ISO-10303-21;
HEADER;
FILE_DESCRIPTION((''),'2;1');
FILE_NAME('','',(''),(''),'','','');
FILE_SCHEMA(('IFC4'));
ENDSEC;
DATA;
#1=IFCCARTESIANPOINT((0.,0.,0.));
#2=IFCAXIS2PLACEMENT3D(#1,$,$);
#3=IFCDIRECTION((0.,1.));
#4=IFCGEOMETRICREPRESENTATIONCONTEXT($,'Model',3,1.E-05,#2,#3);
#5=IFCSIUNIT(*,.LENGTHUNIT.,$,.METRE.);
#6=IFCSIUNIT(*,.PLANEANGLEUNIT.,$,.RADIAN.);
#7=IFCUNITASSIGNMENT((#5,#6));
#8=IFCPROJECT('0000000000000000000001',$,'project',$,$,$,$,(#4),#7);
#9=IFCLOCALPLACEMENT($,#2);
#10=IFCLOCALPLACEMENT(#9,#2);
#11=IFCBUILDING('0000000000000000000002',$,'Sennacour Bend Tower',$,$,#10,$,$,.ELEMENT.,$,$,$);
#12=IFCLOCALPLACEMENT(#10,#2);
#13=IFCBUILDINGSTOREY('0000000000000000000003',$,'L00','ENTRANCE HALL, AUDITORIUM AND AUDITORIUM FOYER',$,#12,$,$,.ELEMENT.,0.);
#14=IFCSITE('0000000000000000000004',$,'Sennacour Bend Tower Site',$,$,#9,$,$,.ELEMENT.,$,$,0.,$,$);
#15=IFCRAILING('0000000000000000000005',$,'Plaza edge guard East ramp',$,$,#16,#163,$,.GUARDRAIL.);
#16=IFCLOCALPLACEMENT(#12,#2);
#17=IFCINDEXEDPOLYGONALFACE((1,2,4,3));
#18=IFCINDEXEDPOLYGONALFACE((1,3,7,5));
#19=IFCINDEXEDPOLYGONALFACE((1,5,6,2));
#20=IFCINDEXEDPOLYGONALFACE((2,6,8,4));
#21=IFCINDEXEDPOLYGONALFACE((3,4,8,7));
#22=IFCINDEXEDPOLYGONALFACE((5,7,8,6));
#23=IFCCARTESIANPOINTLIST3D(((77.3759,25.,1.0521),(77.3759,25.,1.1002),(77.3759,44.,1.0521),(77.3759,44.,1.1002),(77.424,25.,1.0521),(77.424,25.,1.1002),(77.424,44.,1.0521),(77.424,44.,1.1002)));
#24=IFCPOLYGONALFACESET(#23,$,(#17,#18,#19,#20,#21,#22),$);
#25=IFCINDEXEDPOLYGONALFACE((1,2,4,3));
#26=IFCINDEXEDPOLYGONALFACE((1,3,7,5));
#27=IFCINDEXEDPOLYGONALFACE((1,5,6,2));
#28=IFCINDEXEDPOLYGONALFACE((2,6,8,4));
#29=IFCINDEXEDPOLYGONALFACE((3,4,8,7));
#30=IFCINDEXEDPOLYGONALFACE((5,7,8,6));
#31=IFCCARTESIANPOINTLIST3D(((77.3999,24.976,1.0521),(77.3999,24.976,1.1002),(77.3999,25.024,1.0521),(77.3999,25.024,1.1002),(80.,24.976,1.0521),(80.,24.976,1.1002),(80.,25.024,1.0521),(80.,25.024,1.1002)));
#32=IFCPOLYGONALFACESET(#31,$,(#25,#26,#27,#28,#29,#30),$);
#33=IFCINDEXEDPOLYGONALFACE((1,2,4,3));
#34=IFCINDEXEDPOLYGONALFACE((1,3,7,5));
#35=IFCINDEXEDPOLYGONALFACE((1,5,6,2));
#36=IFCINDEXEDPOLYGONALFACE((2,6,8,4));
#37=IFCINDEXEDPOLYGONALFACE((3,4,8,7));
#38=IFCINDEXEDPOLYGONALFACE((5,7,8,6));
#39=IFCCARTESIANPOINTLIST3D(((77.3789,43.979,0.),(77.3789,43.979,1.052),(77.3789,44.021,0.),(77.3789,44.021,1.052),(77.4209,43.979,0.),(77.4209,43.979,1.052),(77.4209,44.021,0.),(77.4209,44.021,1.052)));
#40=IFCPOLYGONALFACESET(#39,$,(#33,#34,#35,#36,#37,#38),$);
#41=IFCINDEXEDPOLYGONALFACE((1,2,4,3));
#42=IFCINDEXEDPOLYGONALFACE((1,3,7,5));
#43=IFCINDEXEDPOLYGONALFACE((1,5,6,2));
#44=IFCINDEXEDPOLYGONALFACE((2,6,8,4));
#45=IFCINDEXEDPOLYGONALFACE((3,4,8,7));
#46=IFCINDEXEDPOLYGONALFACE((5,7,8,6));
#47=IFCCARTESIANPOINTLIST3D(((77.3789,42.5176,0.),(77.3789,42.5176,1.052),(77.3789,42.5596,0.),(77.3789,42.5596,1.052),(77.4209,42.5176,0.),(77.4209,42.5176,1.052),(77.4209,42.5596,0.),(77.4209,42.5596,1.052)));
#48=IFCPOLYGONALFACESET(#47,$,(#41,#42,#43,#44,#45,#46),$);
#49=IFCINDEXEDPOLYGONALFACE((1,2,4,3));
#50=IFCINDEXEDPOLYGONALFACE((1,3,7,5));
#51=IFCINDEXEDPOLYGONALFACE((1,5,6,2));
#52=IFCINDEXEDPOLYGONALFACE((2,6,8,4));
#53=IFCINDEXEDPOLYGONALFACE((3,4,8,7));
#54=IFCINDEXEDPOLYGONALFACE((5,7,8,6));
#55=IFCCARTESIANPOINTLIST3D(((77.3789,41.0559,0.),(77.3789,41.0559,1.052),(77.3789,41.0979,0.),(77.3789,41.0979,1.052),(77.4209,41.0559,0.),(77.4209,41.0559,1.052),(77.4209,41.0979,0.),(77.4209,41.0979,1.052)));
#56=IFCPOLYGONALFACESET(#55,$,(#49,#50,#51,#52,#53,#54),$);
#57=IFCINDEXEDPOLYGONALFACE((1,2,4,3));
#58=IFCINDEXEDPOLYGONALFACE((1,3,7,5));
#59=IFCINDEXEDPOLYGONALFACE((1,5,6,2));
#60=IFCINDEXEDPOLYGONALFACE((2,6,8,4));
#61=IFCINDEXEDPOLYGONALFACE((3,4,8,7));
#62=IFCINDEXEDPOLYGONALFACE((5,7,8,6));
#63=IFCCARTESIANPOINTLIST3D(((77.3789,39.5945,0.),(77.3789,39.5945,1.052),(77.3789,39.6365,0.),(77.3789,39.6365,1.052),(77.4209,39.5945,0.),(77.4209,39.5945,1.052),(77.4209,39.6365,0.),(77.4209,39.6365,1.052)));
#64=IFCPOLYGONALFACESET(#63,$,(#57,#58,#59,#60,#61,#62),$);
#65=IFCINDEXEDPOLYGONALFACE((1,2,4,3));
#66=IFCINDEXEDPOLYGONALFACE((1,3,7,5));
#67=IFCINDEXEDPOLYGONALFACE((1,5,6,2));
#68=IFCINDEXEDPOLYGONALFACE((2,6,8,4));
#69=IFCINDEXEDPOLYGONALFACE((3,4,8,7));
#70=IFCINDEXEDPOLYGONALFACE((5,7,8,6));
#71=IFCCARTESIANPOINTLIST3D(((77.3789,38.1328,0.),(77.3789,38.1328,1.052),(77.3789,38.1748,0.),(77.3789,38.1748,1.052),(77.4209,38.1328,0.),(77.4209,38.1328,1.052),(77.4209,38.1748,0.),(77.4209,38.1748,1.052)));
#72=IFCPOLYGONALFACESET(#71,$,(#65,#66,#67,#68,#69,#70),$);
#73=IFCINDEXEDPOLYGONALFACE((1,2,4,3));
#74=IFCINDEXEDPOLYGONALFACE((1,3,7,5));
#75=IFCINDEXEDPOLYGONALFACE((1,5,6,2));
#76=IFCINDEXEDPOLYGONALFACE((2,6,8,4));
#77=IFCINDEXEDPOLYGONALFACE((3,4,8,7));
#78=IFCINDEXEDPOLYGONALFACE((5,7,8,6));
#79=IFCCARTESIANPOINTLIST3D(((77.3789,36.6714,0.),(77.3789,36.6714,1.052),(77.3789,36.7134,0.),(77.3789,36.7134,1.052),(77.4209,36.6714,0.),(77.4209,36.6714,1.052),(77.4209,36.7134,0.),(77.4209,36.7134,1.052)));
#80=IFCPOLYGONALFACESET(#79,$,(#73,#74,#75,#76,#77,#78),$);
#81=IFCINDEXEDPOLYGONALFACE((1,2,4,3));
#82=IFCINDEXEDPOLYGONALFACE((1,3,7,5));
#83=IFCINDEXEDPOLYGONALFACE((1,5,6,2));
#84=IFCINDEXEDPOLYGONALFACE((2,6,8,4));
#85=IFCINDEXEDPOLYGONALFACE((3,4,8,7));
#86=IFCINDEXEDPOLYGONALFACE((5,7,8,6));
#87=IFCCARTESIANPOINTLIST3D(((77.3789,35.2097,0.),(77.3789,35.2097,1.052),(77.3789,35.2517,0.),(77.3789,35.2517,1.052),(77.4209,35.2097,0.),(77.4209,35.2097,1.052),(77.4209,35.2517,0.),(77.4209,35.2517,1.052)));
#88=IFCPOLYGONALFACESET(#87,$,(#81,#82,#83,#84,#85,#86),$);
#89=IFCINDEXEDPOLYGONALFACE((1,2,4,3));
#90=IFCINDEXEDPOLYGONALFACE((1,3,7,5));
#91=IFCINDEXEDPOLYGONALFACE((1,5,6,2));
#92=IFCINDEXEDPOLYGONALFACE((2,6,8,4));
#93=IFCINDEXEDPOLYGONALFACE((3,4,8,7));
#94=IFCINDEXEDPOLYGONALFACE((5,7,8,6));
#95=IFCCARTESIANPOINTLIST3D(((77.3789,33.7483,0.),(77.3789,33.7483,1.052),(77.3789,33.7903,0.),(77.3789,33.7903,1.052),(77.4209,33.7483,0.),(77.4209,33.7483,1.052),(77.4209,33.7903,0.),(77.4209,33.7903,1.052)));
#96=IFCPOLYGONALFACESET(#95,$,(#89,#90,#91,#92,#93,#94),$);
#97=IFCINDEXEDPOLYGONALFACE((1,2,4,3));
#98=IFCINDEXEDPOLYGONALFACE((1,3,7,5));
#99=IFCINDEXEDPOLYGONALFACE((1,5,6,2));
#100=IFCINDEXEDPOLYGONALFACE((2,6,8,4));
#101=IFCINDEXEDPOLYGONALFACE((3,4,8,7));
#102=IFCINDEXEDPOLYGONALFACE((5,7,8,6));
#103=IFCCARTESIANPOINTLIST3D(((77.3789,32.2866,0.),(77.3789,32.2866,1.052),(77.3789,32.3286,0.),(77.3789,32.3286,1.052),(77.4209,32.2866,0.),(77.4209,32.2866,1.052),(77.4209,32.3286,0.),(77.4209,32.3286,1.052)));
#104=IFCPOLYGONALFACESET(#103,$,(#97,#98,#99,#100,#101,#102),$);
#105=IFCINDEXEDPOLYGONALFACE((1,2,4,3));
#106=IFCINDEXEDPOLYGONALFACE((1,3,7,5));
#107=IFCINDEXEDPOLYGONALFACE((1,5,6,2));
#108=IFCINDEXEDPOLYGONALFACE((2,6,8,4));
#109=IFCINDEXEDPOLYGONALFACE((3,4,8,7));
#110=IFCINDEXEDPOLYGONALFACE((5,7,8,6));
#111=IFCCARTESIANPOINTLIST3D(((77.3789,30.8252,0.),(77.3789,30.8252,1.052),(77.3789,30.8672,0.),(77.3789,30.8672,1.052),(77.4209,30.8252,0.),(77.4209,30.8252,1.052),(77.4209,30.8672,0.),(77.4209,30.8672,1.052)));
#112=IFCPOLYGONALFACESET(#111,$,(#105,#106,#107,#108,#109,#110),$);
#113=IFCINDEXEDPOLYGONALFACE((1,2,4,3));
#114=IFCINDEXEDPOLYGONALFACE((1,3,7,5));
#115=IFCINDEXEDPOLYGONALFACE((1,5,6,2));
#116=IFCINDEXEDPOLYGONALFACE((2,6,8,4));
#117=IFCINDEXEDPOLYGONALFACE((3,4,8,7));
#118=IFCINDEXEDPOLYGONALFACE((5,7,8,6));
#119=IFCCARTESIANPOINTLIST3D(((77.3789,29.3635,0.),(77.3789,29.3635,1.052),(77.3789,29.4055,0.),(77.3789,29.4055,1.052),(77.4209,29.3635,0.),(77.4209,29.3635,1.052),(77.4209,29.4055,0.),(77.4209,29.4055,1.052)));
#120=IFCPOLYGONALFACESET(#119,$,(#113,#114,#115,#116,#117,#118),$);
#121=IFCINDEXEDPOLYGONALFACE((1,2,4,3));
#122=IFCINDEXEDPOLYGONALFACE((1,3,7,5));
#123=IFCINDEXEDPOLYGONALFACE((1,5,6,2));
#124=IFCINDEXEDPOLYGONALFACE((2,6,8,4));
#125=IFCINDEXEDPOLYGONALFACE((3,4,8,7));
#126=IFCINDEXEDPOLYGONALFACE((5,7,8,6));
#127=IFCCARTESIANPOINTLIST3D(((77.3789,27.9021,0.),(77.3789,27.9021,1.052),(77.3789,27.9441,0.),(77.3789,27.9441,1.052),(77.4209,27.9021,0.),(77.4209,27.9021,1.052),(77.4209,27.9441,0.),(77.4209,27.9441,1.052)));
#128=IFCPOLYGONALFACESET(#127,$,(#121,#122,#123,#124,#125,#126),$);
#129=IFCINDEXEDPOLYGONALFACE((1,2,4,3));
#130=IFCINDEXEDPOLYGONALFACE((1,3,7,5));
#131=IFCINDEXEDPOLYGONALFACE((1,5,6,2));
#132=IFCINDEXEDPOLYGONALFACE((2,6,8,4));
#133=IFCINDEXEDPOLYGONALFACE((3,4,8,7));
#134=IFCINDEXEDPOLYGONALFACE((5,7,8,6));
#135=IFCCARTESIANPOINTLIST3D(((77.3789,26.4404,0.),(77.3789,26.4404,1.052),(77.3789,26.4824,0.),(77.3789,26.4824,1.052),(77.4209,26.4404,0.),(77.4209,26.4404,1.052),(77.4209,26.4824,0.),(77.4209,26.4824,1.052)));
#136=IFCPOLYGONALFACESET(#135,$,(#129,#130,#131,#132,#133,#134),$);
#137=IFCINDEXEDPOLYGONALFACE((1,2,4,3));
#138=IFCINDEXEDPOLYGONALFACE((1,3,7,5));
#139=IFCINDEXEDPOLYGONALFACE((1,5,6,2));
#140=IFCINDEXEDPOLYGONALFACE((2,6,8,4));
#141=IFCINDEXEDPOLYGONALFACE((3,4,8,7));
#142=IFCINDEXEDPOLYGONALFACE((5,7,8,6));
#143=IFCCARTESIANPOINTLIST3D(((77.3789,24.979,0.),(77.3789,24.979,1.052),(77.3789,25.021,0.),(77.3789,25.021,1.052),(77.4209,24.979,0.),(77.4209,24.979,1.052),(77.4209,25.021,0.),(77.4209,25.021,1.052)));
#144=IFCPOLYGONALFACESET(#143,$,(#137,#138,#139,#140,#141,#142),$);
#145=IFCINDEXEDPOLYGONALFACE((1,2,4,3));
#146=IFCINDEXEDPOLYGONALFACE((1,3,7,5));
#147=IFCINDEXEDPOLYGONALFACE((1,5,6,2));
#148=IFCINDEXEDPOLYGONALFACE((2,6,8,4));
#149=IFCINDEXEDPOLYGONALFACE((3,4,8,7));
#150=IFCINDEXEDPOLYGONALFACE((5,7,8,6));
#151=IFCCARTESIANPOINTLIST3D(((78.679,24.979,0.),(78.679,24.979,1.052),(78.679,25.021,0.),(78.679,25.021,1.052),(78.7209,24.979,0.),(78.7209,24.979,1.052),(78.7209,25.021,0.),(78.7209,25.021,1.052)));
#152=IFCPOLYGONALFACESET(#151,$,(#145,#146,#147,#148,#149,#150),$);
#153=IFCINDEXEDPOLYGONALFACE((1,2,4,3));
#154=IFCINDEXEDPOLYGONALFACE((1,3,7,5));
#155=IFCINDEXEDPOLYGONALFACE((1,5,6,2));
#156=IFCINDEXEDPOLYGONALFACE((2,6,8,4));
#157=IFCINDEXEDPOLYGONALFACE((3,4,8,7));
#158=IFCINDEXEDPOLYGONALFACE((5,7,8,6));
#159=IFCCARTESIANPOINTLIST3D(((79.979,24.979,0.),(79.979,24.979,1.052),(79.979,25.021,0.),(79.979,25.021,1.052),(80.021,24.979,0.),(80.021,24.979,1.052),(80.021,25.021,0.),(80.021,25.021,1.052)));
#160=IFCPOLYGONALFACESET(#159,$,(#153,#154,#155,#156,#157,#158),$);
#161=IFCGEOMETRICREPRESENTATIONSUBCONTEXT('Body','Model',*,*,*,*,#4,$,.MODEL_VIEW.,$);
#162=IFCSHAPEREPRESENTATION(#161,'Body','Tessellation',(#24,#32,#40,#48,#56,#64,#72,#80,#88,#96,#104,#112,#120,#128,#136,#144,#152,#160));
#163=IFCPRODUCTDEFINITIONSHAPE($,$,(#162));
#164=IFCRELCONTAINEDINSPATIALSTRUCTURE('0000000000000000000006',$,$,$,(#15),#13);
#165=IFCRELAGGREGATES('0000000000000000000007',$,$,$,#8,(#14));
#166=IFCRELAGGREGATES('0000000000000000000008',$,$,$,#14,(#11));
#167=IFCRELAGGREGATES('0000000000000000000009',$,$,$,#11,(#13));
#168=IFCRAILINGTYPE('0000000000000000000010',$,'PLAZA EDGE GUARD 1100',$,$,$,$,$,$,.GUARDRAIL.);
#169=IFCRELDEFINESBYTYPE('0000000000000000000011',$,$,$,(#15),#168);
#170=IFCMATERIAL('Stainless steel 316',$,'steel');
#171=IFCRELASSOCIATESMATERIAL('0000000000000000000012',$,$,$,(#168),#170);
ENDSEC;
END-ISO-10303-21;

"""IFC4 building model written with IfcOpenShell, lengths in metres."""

from ifc_helpers import new_model, si_unit, direction, frame, origin, origin_2d, place, context, subcontext, project, spatial, rectangle, extrude, material, type_object, element, save


model = new_model("IFC4")

# Units and contexts
model_context = context("Model", 3, precision=1e-05, world=origin(), true_north=direction((0.0, 1.0)))
body_context = subcontext(model_context, "Body", "Model", "MODEL_VIEW")
ifc_project = project(units=[si_unit("LENGTHUNIT", "METRE"), si_unit("PLANEANGLEUNIT", "RADIAN")], contexts=[model_context])

# Site, building, storey
site_placement = place(None, origin())
site = spatial("IfcSite", under=ifc_project, at=site_placement, Name="Sennacour Bend Tower Site", CompositionType="ELEMENT", RefElevation=0.0)
building_placement = place(site_placement, origin())
building = spatial("IfcBuilding", under=site, at=building_placement, Name="Sennacour Bend Tower", CompositionType="ELEMENT")
storey_placement = place(building_placement, origin())
storey = spatial("IfcBuildingStorey", under=building, at=storey_placement, Name="L00", Description="ENTRANCE HALL, AUDITORIUM AND AUDITORIUM FOYER", CompositionType="ELEMENT", Elevation=0.0)

# Railing
ifc_material_1 = material(Name="Stainless steel 316", Category="steel")
railing_type_1 = type_object("IfcRailingType", Name="PLAZA EDGE GUARD 1100", PredefinedType="GUARDRAIL", material=ifc_material_1)
railing_1_placement = place(storey_placement, frame((77.3999, 44.0, 0.0)))
element("IfcRailing", 1, at=railing_1_placement, inside=storey, type_object=railing_type_1, Name="Plaza edge guard East ramp", PredefinedType="GUARDRAIL", context=body_context, shape_type="SweptSolid", body=[
    extrude(rectangle(XDim=0.0481, YDim=0.0481, at=origin_2d()), frame((0.0, 0.0, 1.0762), z_axis=(0.0, -1.0, 0.0), x_axis=(1.0, 0.0, 0.0)), (0.0, 0.0, 1.0), 19.0),
    extrude(rectangle(XDim=0.0481, YDim=0.0481, at=origin_2d()), frame((0.0, -19.0, 1.0762), z_axis=(1.0, 0.0, 0.0), x_axis=(0.0, 1.0, 0.0)), (0.0, 0.0, 1.0), 2.6001),
    extrude(rectangle(XDim=0.042, YDim=0.042, at=origin_2d()), origin(), (0.0, 0.0, 1.0), 1.052),
    extrude(rectangle(XDim=0.042, YDim=0.042, at=origin_2d()), frame((0.0, -1.4614, 0.0)), (0.0, 0.0, 1.0), 1.052),
    extrude(rectangle(XDim=0.042, YDim=0.042, at=origin_2d()), frame((0.0, -2.9231, 0.0)), (0.0, 0.0, 1.0), 1.052),
    extrude(rectangle(XDim=0.042, YDim=0.042, at=origin_2d()), frame((0.0, -4.3845, 0.0)), (0.0, 0.0, 1.0), 1.052),
    extrude(rectangle(XDim=0.042, YDim=0.042, at=origin_2d()), frame((0.0, -5.8462, 0.0)), (0.0, 0.0, 1.0), 1.052),
    extrude(rectangle(XDim=0.042, YDim=0.042, at=origin_2d()), frame((0.0, -7.3076, 0.0)), (0.0, 0.0, 1.0), 1.052),
    extrude(rectangle(XDim=0.042, YDim=0.042, at=origin_2d()), frame((0.0, -8.7693, 0.0)), (0.0, 0.0, 1.0), 1.052),
    extrude(rectangle(XDim=0.042, YDim=0.042, at=origin_2d()), frame((0.0, -10.2307, 0.0)), (0.0, 0.0, 1.0), 1.052),
    extrude(rectangle(XDim=0.042, YDim=0.042, at=origin_2d()), frame((0.0, -11.6924, 0.0)), (0.0, 0.0, 1.0), 1.052),
    extrude(rectangle(XDim=0.042, YDim=0.042, at=origin_2d()), frame((0.0, -13.1538, 0.0)), (0.0, 0.0, 1.0), 1.052),
    extrude(rectangle(XDim=0.042, YDim=0.042, at=origin_2d()), frame((0.0, -14.6155, 0.0)), (0.0, 0.0, 1.0), 1.052),
    extrude(rectangle(XDim=0.042, YDim=0.042, at=origin_2d()), frame((0.0, -16.0769, 0.0)), (0.0, 0.0, 1.0), 1.052),
    extrude(rectangle(XDim=0.042, YDim=0.042, at=origin_2d()), frame((0.0, -17.5386, 0.0)), (0.0, 0.0, 1.0), 1.052),
    extrude(rectangle(XDim=0.042, YDim=0.042, at=origin_2d()), frame((0.0, -19.0, 0.0)), (0.0, 0.0, 1.0), 1.052),
    extrude(rectangle(XDim=0.042, YDim=0.042, at=origin_2d()), frame((1.3, -19.0, 0.0)), (0.0, 0.0, 1.0), 1.052),
    extrude(rectangle(XDim=0.042, YDim=0.042, at=origin_2d()), frame((2.6001, -19.0, 0.0)), (0.0, 0.0, 1.0), 1.052),
])

save(model, "model.ifc")
